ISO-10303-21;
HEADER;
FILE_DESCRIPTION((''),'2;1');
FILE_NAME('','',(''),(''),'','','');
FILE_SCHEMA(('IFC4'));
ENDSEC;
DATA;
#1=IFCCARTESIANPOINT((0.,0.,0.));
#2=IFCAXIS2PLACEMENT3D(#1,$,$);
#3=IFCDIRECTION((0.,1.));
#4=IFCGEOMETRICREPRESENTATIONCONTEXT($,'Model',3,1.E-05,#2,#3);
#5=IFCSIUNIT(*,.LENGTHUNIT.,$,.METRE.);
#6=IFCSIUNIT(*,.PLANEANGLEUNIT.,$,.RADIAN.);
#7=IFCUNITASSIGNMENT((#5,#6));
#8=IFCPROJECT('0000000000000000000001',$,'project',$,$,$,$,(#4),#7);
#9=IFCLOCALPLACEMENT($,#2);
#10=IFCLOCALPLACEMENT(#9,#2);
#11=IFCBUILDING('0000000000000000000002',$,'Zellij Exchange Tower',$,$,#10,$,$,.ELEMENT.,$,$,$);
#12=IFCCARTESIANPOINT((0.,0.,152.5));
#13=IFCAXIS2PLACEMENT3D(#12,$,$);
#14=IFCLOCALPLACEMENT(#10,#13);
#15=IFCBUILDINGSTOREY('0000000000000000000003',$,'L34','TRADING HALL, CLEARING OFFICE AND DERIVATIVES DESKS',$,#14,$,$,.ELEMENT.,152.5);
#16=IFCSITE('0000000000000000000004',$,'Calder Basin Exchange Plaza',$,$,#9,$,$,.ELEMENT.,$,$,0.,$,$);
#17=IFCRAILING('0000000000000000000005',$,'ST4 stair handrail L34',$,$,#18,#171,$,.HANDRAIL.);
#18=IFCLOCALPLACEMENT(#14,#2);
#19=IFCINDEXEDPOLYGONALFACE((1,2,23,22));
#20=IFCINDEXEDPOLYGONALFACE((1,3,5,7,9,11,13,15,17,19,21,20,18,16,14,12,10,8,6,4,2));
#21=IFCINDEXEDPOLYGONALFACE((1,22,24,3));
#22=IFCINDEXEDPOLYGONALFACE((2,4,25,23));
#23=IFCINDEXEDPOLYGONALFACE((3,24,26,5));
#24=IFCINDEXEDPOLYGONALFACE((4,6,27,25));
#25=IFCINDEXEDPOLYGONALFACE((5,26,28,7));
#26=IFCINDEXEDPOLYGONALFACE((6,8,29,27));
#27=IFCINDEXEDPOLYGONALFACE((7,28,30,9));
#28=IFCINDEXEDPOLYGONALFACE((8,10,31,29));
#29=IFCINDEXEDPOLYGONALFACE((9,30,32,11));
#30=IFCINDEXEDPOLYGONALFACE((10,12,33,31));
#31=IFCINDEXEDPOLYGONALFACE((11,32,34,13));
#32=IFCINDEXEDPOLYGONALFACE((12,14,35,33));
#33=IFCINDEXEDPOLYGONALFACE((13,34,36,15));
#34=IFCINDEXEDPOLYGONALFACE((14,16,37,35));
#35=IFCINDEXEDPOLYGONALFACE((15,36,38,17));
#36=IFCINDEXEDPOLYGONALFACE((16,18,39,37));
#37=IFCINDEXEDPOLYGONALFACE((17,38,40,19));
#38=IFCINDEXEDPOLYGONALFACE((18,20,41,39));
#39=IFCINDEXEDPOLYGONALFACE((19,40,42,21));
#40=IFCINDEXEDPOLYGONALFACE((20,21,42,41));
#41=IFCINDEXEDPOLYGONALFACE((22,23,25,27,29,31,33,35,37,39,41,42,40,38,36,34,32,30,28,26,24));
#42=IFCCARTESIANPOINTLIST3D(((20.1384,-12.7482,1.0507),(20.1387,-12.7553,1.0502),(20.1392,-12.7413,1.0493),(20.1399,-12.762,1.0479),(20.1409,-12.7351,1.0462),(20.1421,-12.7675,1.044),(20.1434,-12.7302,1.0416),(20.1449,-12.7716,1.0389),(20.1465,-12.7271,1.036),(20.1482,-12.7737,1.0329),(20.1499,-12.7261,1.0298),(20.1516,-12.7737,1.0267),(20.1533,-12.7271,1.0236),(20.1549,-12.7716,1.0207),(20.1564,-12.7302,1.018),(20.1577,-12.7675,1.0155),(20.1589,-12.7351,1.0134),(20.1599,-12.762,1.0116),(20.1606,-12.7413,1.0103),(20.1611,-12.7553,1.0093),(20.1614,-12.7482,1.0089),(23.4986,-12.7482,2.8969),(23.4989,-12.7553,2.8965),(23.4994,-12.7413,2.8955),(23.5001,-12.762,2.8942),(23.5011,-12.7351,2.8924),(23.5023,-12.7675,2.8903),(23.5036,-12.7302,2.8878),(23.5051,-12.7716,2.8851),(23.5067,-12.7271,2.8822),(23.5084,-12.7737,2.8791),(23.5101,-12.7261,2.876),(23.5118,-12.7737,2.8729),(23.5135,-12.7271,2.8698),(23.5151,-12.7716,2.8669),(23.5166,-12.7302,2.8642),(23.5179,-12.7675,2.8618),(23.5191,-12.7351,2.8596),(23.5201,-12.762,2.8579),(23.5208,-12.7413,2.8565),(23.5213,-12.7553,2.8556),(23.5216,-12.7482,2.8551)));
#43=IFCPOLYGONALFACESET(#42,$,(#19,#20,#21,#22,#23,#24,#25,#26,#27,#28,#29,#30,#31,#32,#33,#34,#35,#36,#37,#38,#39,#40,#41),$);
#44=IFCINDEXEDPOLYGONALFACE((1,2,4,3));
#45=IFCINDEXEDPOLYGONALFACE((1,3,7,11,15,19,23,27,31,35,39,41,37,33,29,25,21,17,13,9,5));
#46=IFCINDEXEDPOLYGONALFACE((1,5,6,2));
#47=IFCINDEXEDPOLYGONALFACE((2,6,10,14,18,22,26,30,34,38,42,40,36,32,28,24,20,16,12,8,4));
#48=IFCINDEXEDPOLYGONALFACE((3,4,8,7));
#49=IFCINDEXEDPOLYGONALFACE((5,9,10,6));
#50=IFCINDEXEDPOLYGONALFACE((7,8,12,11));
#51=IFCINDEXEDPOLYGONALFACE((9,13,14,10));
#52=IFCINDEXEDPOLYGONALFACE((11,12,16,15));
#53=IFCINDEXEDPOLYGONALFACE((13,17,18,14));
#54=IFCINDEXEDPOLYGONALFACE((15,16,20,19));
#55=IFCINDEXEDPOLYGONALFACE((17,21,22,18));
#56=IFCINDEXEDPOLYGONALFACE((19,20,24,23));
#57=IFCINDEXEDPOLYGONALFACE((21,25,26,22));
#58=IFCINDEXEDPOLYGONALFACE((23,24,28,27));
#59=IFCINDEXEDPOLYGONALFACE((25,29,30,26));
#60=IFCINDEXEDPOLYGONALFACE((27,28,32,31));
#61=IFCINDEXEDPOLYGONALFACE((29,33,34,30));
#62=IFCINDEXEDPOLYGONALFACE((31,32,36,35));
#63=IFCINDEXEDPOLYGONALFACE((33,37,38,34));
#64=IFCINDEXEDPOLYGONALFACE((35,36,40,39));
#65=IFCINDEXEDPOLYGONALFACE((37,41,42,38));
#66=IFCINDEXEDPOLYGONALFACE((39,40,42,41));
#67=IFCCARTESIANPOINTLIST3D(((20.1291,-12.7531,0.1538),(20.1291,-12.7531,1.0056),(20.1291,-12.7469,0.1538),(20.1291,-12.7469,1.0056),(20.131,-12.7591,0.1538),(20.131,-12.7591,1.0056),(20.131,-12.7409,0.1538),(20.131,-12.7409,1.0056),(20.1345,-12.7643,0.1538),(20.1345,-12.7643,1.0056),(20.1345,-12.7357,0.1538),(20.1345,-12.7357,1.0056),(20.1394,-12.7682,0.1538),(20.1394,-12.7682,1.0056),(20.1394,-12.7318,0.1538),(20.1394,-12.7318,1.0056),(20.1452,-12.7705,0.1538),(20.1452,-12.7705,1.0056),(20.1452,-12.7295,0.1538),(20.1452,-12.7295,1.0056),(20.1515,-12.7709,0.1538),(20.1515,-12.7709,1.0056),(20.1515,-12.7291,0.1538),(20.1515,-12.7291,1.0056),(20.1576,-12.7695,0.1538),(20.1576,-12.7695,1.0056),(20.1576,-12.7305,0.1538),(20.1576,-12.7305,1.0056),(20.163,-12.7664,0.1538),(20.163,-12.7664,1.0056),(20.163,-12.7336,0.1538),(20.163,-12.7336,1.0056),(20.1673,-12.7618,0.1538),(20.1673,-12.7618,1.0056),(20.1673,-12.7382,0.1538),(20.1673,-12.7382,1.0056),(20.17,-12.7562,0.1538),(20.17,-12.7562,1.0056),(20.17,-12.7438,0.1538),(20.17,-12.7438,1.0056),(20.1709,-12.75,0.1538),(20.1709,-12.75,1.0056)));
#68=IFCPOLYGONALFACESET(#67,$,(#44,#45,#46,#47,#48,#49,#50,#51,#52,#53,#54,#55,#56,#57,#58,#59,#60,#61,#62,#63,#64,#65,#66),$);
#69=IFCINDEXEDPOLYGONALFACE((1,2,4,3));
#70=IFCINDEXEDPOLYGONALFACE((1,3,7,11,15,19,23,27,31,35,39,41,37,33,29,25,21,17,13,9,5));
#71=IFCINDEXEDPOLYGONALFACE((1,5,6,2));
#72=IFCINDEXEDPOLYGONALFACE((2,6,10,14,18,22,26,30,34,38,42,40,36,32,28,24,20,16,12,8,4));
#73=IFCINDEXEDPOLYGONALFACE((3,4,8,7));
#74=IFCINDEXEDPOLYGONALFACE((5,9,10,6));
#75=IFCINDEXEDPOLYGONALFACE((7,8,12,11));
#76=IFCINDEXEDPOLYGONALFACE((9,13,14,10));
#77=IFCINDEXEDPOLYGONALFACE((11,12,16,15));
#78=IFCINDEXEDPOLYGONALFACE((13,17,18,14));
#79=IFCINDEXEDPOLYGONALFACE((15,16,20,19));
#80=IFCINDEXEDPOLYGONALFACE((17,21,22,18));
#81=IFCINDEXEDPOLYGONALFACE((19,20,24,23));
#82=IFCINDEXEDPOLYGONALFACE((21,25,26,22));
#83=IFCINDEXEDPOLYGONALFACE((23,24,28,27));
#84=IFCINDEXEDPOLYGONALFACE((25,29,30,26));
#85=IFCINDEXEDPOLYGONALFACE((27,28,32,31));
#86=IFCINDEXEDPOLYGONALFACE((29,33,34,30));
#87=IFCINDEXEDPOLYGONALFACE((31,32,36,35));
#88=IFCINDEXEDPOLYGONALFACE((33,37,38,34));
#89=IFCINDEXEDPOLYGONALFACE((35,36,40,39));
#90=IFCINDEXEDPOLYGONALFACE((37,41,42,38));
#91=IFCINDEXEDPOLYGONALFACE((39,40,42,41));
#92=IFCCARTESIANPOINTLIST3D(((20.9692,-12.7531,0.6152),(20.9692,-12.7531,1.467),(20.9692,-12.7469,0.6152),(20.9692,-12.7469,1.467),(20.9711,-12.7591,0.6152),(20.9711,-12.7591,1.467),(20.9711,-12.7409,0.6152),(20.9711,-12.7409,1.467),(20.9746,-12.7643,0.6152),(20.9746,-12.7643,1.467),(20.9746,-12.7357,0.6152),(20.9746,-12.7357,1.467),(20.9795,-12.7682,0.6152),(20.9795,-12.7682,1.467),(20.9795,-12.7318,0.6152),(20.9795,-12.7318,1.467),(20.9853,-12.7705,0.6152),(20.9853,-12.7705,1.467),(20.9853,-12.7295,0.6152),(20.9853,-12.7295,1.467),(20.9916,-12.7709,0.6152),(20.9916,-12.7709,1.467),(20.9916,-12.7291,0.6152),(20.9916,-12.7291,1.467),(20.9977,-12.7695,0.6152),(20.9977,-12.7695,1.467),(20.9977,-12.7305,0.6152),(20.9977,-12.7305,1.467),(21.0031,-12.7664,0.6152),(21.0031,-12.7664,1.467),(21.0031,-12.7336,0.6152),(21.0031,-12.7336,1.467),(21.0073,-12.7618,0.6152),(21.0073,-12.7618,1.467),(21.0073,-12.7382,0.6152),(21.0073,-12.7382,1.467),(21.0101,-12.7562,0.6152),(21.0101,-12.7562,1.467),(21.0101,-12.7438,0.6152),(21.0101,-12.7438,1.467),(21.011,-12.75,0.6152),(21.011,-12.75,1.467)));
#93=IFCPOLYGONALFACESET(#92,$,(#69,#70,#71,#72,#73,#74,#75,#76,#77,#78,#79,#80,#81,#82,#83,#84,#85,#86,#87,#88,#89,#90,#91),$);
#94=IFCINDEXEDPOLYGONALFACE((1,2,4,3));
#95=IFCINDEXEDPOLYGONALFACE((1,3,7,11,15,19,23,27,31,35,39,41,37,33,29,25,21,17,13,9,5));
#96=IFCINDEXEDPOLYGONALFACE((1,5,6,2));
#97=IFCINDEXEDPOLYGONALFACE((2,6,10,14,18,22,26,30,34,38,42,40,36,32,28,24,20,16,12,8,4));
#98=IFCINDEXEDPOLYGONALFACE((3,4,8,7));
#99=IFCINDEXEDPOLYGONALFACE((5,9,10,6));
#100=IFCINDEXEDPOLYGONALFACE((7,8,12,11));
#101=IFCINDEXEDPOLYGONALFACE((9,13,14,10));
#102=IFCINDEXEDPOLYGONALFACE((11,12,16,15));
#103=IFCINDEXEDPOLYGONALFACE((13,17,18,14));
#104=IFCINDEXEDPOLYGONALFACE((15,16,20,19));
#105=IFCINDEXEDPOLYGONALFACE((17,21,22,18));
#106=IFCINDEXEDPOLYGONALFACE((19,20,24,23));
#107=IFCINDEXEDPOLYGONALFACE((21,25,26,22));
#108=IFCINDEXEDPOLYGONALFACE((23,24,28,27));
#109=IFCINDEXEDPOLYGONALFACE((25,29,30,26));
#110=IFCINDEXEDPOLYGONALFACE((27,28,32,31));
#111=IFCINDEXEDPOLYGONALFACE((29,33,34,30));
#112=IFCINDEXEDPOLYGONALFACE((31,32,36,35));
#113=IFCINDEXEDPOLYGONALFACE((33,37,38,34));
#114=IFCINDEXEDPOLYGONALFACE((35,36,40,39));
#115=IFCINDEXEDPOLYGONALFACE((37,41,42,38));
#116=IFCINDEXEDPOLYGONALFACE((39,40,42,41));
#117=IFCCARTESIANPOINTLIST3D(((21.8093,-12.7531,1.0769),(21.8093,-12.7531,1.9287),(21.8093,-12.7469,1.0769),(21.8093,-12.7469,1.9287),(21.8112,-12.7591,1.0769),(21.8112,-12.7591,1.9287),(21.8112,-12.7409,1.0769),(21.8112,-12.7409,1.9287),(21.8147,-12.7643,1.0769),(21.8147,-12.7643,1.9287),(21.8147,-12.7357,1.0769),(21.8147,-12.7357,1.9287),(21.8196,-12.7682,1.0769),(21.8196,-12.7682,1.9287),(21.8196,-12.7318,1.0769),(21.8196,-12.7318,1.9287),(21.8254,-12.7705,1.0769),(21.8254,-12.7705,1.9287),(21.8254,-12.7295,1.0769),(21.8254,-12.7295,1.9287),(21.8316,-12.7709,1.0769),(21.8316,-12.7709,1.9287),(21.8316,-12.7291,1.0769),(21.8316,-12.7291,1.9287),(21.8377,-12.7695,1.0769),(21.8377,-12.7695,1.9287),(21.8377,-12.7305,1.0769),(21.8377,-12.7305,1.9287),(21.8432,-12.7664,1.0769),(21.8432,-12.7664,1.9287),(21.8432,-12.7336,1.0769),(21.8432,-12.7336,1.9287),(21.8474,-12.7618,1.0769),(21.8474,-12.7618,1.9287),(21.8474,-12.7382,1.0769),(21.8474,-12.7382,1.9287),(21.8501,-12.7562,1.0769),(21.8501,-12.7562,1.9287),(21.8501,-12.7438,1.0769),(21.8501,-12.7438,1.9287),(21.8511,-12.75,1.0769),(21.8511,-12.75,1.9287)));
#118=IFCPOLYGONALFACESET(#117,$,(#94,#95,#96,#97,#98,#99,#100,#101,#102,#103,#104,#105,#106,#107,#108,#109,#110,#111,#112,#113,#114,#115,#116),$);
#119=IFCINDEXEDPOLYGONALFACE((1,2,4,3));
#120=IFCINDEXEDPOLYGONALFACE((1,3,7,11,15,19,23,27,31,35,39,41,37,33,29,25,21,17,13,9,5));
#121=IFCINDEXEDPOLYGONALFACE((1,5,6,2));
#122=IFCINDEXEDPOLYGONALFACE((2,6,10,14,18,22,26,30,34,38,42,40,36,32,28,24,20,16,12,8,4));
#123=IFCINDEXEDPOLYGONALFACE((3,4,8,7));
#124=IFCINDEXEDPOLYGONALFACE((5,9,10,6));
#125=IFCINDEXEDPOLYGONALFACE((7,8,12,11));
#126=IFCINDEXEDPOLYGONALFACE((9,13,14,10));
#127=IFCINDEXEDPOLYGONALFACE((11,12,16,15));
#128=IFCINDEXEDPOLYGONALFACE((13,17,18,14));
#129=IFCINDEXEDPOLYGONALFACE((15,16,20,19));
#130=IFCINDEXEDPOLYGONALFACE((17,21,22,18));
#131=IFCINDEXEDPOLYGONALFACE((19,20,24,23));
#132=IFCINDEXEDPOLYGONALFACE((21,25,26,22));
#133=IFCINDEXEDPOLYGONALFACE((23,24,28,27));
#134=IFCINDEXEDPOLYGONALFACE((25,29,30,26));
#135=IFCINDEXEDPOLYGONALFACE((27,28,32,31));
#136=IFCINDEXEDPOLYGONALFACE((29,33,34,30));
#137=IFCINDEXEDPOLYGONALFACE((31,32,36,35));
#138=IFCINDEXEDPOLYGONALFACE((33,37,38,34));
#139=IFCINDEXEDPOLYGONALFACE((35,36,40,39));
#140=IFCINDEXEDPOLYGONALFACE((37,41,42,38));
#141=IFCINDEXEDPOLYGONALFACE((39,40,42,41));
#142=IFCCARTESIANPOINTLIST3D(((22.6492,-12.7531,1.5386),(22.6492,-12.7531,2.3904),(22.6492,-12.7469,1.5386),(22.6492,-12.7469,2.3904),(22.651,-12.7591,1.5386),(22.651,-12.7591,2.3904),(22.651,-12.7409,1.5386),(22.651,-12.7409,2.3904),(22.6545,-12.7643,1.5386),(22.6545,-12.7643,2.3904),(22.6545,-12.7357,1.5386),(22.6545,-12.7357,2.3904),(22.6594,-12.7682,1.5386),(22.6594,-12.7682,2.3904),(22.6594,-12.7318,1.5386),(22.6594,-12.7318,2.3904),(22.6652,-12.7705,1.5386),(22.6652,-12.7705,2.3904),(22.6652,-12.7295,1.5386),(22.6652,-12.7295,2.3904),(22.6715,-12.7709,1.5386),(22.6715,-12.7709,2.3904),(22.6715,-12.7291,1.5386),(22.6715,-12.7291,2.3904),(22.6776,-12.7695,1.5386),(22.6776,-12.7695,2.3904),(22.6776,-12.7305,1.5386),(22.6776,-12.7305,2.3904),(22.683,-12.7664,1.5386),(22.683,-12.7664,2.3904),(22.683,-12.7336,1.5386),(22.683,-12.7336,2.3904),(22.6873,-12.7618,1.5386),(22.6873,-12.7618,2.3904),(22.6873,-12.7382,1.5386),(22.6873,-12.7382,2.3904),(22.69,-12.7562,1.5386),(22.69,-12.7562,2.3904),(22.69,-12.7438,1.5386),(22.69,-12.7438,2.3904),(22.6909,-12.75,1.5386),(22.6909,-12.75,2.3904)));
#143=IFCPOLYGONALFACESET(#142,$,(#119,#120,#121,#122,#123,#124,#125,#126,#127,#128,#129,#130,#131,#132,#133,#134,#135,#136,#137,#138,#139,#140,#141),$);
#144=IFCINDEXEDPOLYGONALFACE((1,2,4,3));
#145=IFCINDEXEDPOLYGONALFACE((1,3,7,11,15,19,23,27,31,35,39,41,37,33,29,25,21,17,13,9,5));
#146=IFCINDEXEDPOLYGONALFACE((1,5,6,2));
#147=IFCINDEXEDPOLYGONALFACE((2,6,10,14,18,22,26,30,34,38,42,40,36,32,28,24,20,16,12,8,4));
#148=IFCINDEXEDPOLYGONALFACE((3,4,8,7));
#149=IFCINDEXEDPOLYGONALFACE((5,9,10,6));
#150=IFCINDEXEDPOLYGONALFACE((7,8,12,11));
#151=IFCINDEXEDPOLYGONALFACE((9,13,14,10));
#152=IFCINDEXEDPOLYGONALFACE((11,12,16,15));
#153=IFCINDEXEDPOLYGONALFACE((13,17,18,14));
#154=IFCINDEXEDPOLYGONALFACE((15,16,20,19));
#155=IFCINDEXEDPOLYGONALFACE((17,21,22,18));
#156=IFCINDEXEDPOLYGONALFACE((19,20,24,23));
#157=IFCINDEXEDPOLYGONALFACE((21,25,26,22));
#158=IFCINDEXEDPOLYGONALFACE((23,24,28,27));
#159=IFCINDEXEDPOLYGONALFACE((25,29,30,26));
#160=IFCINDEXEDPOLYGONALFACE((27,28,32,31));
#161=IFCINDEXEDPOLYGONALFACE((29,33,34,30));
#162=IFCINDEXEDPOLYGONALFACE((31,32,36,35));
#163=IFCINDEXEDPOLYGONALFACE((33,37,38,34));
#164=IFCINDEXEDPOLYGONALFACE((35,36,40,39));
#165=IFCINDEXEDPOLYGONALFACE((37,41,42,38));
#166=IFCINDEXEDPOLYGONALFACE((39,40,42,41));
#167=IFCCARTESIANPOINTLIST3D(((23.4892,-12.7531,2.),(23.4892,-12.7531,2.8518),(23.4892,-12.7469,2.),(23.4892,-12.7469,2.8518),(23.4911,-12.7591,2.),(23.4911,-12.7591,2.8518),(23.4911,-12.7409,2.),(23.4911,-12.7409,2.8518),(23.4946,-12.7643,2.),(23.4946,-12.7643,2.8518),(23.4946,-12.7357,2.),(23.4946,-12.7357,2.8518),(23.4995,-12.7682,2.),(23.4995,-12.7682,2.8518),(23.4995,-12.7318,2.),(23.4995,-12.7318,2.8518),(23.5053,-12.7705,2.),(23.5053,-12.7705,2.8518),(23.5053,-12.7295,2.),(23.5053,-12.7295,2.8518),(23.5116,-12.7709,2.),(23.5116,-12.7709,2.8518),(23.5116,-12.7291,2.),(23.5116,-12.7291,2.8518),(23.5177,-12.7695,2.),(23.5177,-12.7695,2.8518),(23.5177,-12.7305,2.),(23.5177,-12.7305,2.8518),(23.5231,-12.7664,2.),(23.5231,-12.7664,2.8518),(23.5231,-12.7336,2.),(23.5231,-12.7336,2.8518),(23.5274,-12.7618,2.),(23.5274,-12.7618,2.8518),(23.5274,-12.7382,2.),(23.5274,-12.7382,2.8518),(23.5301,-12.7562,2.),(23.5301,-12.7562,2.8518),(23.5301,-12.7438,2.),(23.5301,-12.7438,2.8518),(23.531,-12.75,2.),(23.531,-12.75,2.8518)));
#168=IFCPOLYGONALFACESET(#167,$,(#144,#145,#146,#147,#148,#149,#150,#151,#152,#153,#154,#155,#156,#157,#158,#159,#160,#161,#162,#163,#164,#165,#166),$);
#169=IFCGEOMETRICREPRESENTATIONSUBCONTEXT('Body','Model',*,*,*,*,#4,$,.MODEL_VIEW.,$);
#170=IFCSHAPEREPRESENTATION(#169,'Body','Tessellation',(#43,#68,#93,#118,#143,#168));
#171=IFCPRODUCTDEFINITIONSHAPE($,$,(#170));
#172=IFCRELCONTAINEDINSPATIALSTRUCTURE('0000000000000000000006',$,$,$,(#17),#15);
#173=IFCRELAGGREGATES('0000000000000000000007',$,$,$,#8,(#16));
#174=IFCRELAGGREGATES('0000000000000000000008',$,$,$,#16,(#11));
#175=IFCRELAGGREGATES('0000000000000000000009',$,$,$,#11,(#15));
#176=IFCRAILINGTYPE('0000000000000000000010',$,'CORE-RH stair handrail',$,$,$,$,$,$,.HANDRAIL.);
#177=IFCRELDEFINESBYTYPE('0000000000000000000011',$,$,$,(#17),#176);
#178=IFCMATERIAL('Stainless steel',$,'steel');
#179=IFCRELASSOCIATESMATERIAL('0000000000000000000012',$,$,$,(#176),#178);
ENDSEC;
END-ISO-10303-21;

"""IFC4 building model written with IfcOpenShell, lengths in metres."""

from ifc_helpers import new_model, si_unit, direction, frame, origin, origin_2d, place, context, subcontext, project, spatial, circle, extrude, material, type_object, element, save


model = new_model("IFC4")

# Units and contexts
model_context = context("Model", 3, precision=1e-05, world=origin(), true_north=direction((0.0, 1.0)))
body_context = subcontext(model_context, "Body", "Model", "MODEL_VIEW")
ifc_project = project(units=[si_unit("LENGTHUNIT", "METRE"), si_unit("PLANEANGLEUNIT", "RADIAN")], contexts=[model_context])

# Site, building, storey
site_placement = place(None, origin())
site = spatial("IfcSite", under=ifc_project, at=site_placement, Name="Calder Basin Exchange Plaza", CompositionType="ELEMENT", RefElevation=0.0)
building_placement = place(site_placement, origin())
building = spatial("IfcBuilding", under=site, at=building_placement, Name="Zellij Exchange Tower", CompositionType="ELEMENT")
storey_placement = place(building_placement, frame((0.0, 0.0, 152.5)))
storey = spatial("IfcBuildingStorey", under=building, at=storey_placement, Name="L34", Description="TRADING HALL, CLEARING OFFICE AND DERIVATIVES DESKS", CompositionType="ELEMENT", Elevation=152.5)

# Railing
ifc_material_1 = material(Name="Stainless steel", Category="steel")
railing_type_1 = type_object("IfcRailingType", Name="CORE-RH stair handrail", PredefinedType="HANDRAIL", material=ifc_material_1)
for number, where, name in (
    (1, (20.1499, -12.75, 0.1538), "ST4 stair handrail L34"),
):
    element("IfcRailing", number, at=place(storey_placement, frame(where)), inside=storey, type_object=railing_type_1, Name=name, PredefinedType="HANDRAIL", context=body_context, shape_type="SweptSolid", body=[
        extrude(circle(Radius=0.0239, at=origin_2d()), frame((0.0, 0.0, 0.876), z_axis=(0.876422, 0.0, 0.481545), x_axis=(0.0, 1.0, 0.0)), (0.0, 0.0, 1.0), 3.834),
        extrude(circle(Radius=0.021, at=origin_2d()), origin(), (0.0, 0.0, 1.0), 0.8518),
        extrude(circle(Radius=0.021, at=origin_2d()), frame((0.8401, 0.0, 0.4614)), (0.0, 0.0, 1.0), 0.8518),
        extrude(circle(Radius=0.021, at=origin_2d()), frame((1.6802, 0.0, 0.9231)), (0.0, 0.0, 1.0), 0.8518),
        extrude(circle(Radius=0.021, at=origin_2d()), frame((2.52, 0.0, 1.3848)), (0.0, 0.0, 1.0), 0.8518),
        extrude(circle(Radius=0.021, at=origin_2d()), frame((3.3601, 0.0, 1.8462)), (0.0, 0.0, 1.0), 0.8518),
    ])

save(model, "model.ifc")
